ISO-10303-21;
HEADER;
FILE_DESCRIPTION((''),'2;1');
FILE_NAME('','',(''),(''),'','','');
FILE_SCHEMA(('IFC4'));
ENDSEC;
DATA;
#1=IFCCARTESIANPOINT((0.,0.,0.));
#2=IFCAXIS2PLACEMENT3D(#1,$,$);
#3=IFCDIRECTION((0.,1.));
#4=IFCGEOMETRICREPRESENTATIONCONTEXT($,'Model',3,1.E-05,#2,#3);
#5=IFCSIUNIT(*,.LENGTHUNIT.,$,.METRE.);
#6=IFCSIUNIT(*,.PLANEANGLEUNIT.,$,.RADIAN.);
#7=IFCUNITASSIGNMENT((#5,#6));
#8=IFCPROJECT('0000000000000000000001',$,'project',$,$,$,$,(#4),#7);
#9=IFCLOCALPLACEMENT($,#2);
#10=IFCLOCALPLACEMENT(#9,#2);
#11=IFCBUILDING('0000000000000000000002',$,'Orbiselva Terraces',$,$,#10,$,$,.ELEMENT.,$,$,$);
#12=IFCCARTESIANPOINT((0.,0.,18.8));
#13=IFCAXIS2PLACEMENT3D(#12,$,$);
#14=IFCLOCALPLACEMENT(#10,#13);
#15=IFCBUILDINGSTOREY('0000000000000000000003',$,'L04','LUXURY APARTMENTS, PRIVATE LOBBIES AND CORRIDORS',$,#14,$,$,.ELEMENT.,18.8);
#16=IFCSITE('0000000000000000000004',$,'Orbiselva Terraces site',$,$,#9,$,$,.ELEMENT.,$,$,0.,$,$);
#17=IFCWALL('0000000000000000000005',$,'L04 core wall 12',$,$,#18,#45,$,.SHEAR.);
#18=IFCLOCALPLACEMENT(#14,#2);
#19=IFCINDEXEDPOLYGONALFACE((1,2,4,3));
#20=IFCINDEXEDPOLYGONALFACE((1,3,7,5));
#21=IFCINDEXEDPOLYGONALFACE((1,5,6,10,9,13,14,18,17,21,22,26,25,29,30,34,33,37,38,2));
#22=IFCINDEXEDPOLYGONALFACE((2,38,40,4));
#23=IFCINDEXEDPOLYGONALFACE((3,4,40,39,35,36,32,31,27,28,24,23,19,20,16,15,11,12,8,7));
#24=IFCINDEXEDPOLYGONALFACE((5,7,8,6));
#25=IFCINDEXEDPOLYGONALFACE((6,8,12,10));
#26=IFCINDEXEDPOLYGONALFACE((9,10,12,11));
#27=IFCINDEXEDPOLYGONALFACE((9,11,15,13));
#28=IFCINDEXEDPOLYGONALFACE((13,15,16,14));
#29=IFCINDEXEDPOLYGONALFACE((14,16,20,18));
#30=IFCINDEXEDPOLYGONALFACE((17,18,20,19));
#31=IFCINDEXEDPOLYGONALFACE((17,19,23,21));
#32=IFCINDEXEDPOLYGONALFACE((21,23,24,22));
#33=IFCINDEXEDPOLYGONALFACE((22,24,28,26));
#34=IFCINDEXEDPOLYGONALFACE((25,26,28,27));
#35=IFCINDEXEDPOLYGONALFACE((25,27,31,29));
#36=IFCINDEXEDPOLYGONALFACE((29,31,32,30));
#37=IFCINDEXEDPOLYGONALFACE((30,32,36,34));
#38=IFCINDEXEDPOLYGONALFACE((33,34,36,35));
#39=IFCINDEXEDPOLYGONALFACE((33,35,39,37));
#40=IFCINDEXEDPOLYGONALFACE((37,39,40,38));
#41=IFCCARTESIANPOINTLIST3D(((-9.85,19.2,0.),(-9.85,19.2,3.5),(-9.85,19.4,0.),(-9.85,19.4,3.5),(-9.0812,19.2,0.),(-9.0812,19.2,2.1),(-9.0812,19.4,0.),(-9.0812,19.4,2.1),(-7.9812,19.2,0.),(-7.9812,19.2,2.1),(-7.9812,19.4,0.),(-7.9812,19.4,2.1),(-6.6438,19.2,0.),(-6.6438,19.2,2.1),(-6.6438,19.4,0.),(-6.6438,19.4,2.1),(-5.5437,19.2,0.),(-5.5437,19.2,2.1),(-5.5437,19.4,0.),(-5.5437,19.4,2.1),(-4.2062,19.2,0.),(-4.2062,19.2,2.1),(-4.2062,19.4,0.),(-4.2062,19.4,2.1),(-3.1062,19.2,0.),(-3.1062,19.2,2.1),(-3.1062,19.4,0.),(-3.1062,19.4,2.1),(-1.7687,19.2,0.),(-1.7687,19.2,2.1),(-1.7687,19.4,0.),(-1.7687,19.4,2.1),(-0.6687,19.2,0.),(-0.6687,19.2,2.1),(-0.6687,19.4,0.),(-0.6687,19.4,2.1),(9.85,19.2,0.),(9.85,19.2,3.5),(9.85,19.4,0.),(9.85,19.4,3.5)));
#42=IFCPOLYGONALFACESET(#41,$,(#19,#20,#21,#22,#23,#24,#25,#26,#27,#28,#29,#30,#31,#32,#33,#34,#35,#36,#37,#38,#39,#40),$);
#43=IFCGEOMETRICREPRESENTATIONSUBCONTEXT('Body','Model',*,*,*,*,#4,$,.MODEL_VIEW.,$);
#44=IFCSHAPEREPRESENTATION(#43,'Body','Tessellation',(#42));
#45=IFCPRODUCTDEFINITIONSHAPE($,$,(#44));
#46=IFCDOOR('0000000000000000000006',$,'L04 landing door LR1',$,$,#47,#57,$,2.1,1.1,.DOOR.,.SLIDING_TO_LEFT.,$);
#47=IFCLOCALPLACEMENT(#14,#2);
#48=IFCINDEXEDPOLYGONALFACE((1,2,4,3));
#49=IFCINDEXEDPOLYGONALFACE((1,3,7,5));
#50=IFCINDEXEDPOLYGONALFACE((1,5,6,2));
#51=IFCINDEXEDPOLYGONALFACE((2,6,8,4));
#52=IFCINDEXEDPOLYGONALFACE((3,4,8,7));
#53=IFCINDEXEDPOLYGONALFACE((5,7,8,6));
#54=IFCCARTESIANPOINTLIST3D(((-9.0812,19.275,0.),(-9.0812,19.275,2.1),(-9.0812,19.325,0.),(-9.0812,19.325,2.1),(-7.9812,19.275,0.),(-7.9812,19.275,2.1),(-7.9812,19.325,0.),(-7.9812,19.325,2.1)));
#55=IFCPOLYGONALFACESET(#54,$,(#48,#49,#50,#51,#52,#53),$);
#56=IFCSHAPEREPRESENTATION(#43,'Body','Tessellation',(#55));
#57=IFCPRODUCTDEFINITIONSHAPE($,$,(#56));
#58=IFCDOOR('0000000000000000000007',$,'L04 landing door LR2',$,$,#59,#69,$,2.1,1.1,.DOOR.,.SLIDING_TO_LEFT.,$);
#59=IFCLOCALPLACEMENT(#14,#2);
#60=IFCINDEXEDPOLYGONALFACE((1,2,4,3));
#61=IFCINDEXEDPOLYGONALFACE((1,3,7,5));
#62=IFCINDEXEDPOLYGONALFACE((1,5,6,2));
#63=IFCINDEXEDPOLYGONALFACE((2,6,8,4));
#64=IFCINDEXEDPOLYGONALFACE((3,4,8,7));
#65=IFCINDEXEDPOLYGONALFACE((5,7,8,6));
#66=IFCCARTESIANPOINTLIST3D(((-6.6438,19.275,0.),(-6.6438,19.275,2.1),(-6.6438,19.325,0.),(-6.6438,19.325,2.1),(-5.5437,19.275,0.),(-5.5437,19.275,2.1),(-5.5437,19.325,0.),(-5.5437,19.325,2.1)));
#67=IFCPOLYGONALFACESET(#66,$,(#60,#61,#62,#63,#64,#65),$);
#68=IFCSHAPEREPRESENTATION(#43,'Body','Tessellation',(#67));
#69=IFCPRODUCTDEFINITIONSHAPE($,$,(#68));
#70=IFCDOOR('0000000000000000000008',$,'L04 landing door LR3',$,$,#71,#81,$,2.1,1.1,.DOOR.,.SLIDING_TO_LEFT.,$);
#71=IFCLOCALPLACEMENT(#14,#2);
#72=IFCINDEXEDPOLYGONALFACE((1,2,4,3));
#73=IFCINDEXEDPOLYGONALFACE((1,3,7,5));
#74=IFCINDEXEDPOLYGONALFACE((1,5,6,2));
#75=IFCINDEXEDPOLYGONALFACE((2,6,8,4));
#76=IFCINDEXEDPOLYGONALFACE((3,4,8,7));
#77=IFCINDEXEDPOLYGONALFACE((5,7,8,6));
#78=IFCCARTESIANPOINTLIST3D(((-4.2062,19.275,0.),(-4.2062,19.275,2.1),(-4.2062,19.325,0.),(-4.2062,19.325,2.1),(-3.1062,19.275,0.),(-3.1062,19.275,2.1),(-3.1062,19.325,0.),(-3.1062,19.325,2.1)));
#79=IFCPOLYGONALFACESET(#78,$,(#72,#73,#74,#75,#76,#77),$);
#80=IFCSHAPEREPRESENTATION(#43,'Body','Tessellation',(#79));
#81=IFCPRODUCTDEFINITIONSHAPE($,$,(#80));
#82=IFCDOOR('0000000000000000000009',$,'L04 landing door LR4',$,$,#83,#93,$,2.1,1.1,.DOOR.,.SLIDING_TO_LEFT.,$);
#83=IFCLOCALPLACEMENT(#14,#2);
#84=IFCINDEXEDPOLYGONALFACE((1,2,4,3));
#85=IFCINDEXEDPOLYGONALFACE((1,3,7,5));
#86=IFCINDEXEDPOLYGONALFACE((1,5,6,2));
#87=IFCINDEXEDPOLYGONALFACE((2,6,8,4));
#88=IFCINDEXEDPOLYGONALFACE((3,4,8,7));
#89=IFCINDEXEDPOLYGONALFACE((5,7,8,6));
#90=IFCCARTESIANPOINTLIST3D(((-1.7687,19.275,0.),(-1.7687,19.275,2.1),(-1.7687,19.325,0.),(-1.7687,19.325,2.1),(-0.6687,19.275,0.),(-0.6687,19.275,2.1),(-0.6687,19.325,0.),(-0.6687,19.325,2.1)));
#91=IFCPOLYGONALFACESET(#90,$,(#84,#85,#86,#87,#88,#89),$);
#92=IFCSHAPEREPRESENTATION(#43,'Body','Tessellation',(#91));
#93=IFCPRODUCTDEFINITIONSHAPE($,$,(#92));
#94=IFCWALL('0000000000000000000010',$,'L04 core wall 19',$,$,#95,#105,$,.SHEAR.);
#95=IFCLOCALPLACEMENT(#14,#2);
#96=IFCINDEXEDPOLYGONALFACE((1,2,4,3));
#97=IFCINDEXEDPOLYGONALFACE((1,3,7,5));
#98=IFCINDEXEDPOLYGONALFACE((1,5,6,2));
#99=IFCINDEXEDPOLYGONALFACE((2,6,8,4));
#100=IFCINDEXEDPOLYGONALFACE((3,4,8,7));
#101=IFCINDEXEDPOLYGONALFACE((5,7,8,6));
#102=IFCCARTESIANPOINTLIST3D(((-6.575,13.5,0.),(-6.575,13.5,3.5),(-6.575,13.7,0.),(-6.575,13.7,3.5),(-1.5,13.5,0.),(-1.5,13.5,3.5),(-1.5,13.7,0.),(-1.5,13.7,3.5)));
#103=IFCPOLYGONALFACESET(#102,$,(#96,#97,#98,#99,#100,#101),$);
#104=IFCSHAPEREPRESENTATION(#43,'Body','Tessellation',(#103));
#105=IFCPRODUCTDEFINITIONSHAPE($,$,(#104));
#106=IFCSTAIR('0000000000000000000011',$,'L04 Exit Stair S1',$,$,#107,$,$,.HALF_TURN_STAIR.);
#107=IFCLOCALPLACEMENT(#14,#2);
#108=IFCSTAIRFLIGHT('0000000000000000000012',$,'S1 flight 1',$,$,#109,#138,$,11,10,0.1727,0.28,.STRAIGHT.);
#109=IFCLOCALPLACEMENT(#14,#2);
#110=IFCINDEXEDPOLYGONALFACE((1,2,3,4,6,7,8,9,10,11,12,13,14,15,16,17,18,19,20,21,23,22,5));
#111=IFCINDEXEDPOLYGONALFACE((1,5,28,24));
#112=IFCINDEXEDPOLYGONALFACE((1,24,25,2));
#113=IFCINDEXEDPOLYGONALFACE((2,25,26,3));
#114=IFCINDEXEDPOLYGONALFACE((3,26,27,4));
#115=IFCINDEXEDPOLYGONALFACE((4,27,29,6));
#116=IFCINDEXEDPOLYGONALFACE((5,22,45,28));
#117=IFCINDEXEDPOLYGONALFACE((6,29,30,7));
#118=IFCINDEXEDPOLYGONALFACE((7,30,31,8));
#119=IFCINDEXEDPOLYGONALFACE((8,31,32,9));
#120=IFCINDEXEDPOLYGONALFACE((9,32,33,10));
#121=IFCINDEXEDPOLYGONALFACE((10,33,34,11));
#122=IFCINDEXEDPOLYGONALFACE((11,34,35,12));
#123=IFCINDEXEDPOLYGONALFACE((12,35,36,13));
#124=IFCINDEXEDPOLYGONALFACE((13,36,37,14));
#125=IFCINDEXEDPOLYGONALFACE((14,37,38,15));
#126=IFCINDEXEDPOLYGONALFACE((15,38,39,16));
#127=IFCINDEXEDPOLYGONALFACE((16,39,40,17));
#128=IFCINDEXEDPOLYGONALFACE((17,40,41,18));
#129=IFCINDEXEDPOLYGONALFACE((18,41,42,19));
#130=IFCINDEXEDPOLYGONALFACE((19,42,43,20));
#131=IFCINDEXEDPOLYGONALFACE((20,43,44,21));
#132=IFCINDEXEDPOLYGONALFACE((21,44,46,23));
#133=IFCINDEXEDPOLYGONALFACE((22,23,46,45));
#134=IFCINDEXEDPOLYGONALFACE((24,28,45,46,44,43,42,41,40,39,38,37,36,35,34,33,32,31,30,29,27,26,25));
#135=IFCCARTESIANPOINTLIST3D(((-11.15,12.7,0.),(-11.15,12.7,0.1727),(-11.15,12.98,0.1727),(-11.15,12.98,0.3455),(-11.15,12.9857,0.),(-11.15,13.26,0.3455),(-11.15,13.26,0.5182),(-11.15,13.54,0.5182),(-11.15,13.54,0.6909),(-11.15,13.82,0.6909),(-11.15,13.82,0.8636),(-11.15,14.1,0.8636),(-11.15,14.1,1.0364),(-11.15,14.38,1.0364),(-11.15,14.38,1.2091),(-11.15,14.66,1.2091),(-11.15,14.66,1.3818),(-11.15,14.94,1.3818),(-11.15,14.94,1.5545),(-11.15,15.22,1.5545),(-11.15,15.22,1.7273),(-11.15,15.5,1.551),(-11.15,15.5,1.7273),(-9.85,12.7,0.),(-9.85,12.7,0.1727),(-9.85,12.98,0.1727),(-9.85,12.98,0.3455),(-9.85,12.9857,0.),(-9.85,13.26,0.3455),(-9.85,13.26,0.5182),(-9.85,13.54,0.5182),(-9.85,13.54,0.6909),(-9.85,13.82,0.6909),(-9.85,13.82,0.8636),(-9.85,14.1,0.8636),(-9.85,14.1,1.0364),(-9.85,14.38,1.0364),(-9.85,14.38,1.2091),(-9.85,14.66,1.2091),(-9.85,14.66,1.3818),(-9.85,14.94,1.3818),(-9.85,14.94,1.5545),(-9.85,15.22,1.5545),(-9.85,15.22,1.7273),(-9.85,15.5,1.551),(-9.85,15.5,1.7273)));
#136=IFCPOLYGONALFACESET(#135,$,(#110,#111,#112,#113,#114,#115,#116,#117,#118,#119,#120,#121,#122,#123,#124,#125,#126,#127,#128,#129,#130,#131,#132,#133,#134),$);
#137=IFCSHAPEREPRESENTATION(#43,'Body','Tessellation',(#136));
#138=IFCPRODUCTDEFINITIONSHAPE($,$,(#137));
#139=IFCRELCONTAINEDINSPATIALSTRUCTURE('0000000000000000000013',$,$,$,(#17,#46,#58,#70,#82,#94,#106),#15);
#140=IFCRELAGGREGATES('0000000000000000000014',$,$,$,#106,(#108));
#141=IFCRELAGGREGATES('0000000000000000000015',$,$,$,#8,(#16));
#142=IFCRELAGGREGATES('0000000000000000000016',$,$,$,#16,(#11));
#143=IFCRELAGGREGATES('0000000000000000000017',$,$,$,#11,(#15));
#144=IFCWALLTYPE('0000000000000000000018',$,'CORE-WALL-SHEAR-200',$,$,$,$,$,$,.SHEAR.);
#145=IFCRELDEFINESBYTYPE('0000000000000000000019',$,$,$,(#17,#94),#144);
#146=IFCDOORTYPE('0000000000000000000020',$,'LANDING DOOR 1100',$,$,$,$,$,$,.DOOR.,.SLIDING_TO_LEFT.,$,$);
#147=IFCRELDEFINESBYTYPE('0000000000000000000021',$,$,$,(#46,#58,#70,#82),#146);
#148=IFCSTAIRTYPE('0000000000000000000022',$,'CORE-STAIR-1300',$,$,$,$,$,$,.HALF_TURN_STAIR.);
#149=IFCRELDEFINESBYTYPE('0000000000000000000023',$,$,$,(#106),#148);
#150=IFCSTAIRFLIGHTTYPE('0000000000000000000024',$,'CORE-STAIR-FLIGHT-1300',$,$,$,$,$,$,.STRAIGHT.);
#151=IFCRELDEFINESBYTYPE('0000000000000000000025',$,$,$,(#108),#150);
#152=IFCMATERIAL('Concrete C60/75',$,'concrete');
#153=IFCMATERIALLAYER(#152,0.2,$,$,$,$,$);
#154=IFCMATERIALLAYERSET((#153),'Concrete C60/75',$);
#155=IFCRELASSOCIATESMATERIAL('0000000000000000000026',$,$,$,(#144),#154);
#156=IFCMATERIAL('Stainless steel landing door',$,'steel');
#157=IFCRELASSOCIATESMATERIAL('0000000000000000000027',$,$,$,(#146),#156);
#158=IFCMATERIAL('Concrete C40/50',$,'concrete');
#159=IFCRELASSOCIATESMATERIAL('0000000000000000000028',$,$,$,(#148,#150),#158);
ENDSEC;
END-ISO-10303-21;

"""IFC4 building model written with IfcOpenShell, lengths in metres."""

from ifc_helpers import new_model, si_unit, direction, frame, frame_2d, origin, place, context, subcontext, project, spatial, polyline, rectangle, outline, extrude, material, layer, layer_set, type_object, element, fill, aggregate, save


model = new_model("IFC4")

# Units and contexts
model_context = context("Model", 3, precision=1e-05, world=origin(), true_north=direction((0.0, 1.0)))
body_context = subcontext(model_context, "Body", "Model", "MODEL_VIEW")
ifc_project = project(units=[si_unit("LENGTHUNIT", "METRE"), si_unit("PLANEANGLEUNIT", "RADIAN")], contexts=[model_context])

# Site, building, storey
site_placement = place(None, origin())
site = spatial("IfcSite", under=ifc_project, at=site_placement, Name="Orbiselva Terraces site", CompositionType="ELEMENT", RefElevation=0.0)
building_placement = place(site_placement, origin())
building = spatial("IfcBuilding", under=site, at=building_placement, Name="Orbiselva Terraces", CompositionType="ELEMENT")
storey_placement = place(building_placement, frame((0.0, 0.0, 18.8)))
storey = spatial("IfcBuildingStorey", under=building, at=storey_placement, Name="L04", Description="LUXURY APARTMENTS, PRIVATE LOBBIES AND CORRIDORS", CompositionType="ELEMENT", Elevation=18.8)

# Shared definitions
ifc_material_1 = material(Name="Concrete C40/50", Category="concrete")
ifc_material_2 = material(Name="Concrete C60/75", Category="concrete")
ifc_layer_1 = layer(ifc_material_2, 0.2)
ifc_layer_set_1 = layer_set([ifc_layer_1], Name="Concrete C60/75")
wall_type_1 = type_object("IfcWallType", Name="CORE-WALL-SHEAR-200", PredefinedType="SHEAR", material=ifc_layer_set_1)

# Wall, openings, doors
wall_1_placement = place(storey_placement, frame((-9.85, 19.3, 0.0), z_axis=(0.0, 0.0, 1.0), x_axis=(1.0, 0.0, 0.0)))
wall_1 = element("IfcWall", 1, at=wall_1_placement, inside=storey, type_object=wall_type_1, Name="L04 core wall 12", PredefinedType="SHEAR", context=body_context, shape_type="SweptSolid", body=[
    extrude(rectangle(XDim=19.7, YDim=0.2, at=frame_2d((9.85, 0.0))), origin(), (0.0, 0.0, 1.0), 3.5),
])
opening_1_placement = place(wall_1_placement, frame((0.7688, 0.0, 0.0)))
opening_1 = element("IfcOpeningElement", 2, at=opening_1_placement, cuts=wall_1, PredefinedType="OPENING", context=body_context, shape_type="SweptSolid", body=[
    extrude(rectangle(XDim=1.1, YDim=2.1, at=frame_2d((0.55, 1.05))), frame((0.0, 0.11, 0.0), z_axis=(0.0, -1.0, 0.0), x_axis=(1.0, 0.0, 0.0)), (0.0, 0.0, 1.0), 0.22),
])
opening_2_placement = place(wall_1_placement, frame((3.2062, 0.0, 0.0)))
opening_2 = element("IfcOpeningElement", 3, at=opening_2_placement, cuts=wall_1, PredefinedType="OPENING", context=body_context, shape_type="SweptSolid", body=[
    extrude(rectangle(XDim=1.1, YDim=2.1, at=frame_2d((0.55, 1.05))), frame((0.0, 0.11, 0.0), z_axis=(0.0, -1.0, 0.0), x_axis=(1.0, 0.0, 0.0)), (0.0, 0.0, 1.0), 0.22),
])
opening_3_placement = place(wall_1_placement, frame((5.6437, 0.0, 0.0)))
opening_3 = element("IfcOpeningElement", 4, at=opening_3_placement, cuts=wall_1, PredefinedType="OPENING", context=body_context, shape_type="SweptSolid", body=[
    extrude(rectangle(XDim=1.1, YDim=2.1, at=frame_2d((0.55, 1.05))), frame((0.0, 0.11, 0.0), z_axis=(0.0, -1.0, 0.0), x_axis=(1.0, 0.0, 0.0)), (0.0, 0.0, 1.0), 0.22),
])
opening_4_placement = place(wall_1_placement, frame((8.0813, 0.0, 0.0)))
opening_4 = element("IfcOpeningElement", 5, at=opening_4_placement, cuts=wall_1, PredefinedType="OPENING", context=body_context, shape_type="SweptSolid", body=[
    extrude(rectangle(XDim=1.1, YDim=2.1, at=frame_2d((0.55, 1.05))), frame((0.0, 0.11, 0.0), z_axis=(0.0, -1.0, 0.0), x_axis=(1.0, 0.0, 0.0)), (0.0, 0.0, 1.0), 0.22),
])
ifc_material_3 = material(Name="Stainless steel landing door", Category="steel")
door_type_1 = type_object("IfcDoorType", Name="LANDING DOOR 1100", OperationType="SLIDING_TO_LEFT", PredefinedType="DOOR", material=ifc_material_3)
door_1_placement = place(opening_1_placement, origin())
door_1 = element("IfcDoor", 6, at=door_1_placement, inside=storey, type_object=door_type_1, Name="L04 landing door LR1", OperationType="SLIDING_TO_LEFT", OverallHeight=2.1, OverallWidth=1.1, PredefinedType="DOOR", context=body_context, shape_type="SweptSolid", body=[
    extrude(rectangle(XDim=1.1, YDim=2.1, at=frame_2d((0.55, 1.05))), frame((0.0, 0.025, 0.0), z_axis=(0.0, -1.0, 0.0), x_axis=(1.0, 0.0, 0.0)), (0.0, 0.0, 1.0), 0.05),
])
fill(opening_1, door_1)
door_2_placement = place(opening_2_placement, origin())
door_2 = element("IfcDoor", 7, at=door_2_placement, inside=storey, type_object=door_type_1, Name="L04 landing door LR2", OperationType="SLIDING_TO_LEFT", OverallHeight=2.1, OverallWidth=1.1, PredefinedType="DOOR", context=body_context, shape_type="SweptSolid", body=[
    extrude(rectangle(XDim=1.1, YDim=2.1, at=frame_2d((0.55, 1.05))), frame((0.0, 0.025, 0.0), z_axis=(0.0, -1.0, 0.0), x_axis=(1.0, 0.0, 0.0)), (0.0, 0.0, 1.0), 0.05),
])
fill(opening_2, door_2)
door_3_placement = place(opening_3_placement, origin())
door_3 = element("IfcDoor", 8, at=door_3_placement, inside=storey, type_object=door_type_1, Name="L04 landing door LR3", OperationType="SLIDING_TO_LEFT", OverallHeight=2.1, OverallWidth=1.1, PredefinedType="DOOR", context=body_context, shape_type="SweptSolid", body=[
    extrude(rectangle(XDim=1.1, YDim=2.1, at=frame_2d((0.55, 1.05))), frame((0.0, 0.025, 0.0), z_axis=(0.0, -1.0, 0.0), x_axis=(1.0, 0.0, 0.0)), (0.0, 0.0, 1.0), 0.05),
])
fill(opening_3, door_3)
door_4_placement = place(opening_4_placement, origin())
door_4 = element("IfcDoor", 9, at=door_4_placement, inside=storey, type_object=door_type_1, Name="L04 landing door LR4", OperationType="SLIDING_TO_LEFT", OverallHeight=2.1, OverallWidth=1.1, PredefinedType="DOOR", context=body_context, shape_type="SweptSolid", body=[
    extrude(rectangle(XDim=1.1, YDim=2.1, at=frame_2d((0.55, 1.05))), frame((0.0, 0.025, 0.0), z_axis=(0.0, -1.0, 0.0), x_axis=(1.0, 0.0, 0.0)), (0.0, 0.0, 1.0), 0.05),
])
fill(opening_4, door_4)

# Wall
wall_2_placement = place(storey_placement, frame((-6.575, 13.6, 0.0), z_axis=(0.0, 0.0, 1.0), x_axis=(1.0, 0.0, 0.0)))
element("IfcWall", 10, at=wall_2_placement, inside=storey, type_object=wall_type_1, Name="L04 core wall 19", PredefinedType="SHEAR", context=body_context, shape_type="SweptSolid", body=[
    extrude(rectangle(XDim=5.075, YDim=0.2, at=frame_2d((2.5375, 0.0))), origin(), (0.0, 0.0, 1.0), 3.5),
])

# Stair, stair flight
stair_type = type_object("IfcStairType", Name="CORE-STAIR-1300", PredefinedType="HALF_TURN_STAIR", material=ifc_material_1)
stair_placement = place(storey_placement, origin())
stair = element("IfcStair", 11, at=stair_placement, inside=storey, type_object=stair_type, Name="L04 Exit Stair S1", PredefinedType="HALF_TURN_STAIR")
stair_flight_type = type_object("IfcStairFlightType", Name="CORE-STAIR-FLIGHT-1300", PredefinedType="STRAIGHT", material=ifc_material_1)
stair_flight_placement = place(storey_placement, frame((-10.5, 12.7, 0.0), z_axis=(0.0, 0.0, 1.0), x_axis=(0.0, 1.0, 0.0)))
stair_flight = element("IfcStairFlight", 12, at=stair_flight_placement, type_object=stair_flight_type, Name="S1 flight 1", NumberOfRisers=11, NumberOfTreads=10, PredefinedType="STRAIGHT", RiserHeight=0.1727, TreadLength=0.28, context=body_context, shape_type="SweptSolid", body=[
    extrude(outline(polyline([(0.0, 0.0), (0.0, 0.1727), (0.28, 0.1727), (0.28, 0.3455), (0.56, 0.3455), (0.56, 0.5182), (0.84, 0.5182), (0.84, 0.6909), (1.12, 0.6909), (1.12, 0.8636), (1.4, 0.8636), (1.4, 1.0364), (1.68, 1.0364), (1.68, 1.2091), (1.96, 1.2091), (1.96, 1.3818), (2.24, 1.3818), (2.24, 1.5545), (2.52, 1.5545), (2.52, 1.7273), (2.8, 1.7273), (2.8, 1.9), (2.8, 1.551), (0.2857, 0.0), (0.0, 0.0)])), frame((0.0, 0.65, 0.0), z_axis=(0.0, -1.0, 0.0), x_axis=(1.0, 0.0, 0.0)), (0.0, 0.0, 1.0), 1.3),
])
aggregate(stair, [stair_flight])

save(model, "model.ifc")
